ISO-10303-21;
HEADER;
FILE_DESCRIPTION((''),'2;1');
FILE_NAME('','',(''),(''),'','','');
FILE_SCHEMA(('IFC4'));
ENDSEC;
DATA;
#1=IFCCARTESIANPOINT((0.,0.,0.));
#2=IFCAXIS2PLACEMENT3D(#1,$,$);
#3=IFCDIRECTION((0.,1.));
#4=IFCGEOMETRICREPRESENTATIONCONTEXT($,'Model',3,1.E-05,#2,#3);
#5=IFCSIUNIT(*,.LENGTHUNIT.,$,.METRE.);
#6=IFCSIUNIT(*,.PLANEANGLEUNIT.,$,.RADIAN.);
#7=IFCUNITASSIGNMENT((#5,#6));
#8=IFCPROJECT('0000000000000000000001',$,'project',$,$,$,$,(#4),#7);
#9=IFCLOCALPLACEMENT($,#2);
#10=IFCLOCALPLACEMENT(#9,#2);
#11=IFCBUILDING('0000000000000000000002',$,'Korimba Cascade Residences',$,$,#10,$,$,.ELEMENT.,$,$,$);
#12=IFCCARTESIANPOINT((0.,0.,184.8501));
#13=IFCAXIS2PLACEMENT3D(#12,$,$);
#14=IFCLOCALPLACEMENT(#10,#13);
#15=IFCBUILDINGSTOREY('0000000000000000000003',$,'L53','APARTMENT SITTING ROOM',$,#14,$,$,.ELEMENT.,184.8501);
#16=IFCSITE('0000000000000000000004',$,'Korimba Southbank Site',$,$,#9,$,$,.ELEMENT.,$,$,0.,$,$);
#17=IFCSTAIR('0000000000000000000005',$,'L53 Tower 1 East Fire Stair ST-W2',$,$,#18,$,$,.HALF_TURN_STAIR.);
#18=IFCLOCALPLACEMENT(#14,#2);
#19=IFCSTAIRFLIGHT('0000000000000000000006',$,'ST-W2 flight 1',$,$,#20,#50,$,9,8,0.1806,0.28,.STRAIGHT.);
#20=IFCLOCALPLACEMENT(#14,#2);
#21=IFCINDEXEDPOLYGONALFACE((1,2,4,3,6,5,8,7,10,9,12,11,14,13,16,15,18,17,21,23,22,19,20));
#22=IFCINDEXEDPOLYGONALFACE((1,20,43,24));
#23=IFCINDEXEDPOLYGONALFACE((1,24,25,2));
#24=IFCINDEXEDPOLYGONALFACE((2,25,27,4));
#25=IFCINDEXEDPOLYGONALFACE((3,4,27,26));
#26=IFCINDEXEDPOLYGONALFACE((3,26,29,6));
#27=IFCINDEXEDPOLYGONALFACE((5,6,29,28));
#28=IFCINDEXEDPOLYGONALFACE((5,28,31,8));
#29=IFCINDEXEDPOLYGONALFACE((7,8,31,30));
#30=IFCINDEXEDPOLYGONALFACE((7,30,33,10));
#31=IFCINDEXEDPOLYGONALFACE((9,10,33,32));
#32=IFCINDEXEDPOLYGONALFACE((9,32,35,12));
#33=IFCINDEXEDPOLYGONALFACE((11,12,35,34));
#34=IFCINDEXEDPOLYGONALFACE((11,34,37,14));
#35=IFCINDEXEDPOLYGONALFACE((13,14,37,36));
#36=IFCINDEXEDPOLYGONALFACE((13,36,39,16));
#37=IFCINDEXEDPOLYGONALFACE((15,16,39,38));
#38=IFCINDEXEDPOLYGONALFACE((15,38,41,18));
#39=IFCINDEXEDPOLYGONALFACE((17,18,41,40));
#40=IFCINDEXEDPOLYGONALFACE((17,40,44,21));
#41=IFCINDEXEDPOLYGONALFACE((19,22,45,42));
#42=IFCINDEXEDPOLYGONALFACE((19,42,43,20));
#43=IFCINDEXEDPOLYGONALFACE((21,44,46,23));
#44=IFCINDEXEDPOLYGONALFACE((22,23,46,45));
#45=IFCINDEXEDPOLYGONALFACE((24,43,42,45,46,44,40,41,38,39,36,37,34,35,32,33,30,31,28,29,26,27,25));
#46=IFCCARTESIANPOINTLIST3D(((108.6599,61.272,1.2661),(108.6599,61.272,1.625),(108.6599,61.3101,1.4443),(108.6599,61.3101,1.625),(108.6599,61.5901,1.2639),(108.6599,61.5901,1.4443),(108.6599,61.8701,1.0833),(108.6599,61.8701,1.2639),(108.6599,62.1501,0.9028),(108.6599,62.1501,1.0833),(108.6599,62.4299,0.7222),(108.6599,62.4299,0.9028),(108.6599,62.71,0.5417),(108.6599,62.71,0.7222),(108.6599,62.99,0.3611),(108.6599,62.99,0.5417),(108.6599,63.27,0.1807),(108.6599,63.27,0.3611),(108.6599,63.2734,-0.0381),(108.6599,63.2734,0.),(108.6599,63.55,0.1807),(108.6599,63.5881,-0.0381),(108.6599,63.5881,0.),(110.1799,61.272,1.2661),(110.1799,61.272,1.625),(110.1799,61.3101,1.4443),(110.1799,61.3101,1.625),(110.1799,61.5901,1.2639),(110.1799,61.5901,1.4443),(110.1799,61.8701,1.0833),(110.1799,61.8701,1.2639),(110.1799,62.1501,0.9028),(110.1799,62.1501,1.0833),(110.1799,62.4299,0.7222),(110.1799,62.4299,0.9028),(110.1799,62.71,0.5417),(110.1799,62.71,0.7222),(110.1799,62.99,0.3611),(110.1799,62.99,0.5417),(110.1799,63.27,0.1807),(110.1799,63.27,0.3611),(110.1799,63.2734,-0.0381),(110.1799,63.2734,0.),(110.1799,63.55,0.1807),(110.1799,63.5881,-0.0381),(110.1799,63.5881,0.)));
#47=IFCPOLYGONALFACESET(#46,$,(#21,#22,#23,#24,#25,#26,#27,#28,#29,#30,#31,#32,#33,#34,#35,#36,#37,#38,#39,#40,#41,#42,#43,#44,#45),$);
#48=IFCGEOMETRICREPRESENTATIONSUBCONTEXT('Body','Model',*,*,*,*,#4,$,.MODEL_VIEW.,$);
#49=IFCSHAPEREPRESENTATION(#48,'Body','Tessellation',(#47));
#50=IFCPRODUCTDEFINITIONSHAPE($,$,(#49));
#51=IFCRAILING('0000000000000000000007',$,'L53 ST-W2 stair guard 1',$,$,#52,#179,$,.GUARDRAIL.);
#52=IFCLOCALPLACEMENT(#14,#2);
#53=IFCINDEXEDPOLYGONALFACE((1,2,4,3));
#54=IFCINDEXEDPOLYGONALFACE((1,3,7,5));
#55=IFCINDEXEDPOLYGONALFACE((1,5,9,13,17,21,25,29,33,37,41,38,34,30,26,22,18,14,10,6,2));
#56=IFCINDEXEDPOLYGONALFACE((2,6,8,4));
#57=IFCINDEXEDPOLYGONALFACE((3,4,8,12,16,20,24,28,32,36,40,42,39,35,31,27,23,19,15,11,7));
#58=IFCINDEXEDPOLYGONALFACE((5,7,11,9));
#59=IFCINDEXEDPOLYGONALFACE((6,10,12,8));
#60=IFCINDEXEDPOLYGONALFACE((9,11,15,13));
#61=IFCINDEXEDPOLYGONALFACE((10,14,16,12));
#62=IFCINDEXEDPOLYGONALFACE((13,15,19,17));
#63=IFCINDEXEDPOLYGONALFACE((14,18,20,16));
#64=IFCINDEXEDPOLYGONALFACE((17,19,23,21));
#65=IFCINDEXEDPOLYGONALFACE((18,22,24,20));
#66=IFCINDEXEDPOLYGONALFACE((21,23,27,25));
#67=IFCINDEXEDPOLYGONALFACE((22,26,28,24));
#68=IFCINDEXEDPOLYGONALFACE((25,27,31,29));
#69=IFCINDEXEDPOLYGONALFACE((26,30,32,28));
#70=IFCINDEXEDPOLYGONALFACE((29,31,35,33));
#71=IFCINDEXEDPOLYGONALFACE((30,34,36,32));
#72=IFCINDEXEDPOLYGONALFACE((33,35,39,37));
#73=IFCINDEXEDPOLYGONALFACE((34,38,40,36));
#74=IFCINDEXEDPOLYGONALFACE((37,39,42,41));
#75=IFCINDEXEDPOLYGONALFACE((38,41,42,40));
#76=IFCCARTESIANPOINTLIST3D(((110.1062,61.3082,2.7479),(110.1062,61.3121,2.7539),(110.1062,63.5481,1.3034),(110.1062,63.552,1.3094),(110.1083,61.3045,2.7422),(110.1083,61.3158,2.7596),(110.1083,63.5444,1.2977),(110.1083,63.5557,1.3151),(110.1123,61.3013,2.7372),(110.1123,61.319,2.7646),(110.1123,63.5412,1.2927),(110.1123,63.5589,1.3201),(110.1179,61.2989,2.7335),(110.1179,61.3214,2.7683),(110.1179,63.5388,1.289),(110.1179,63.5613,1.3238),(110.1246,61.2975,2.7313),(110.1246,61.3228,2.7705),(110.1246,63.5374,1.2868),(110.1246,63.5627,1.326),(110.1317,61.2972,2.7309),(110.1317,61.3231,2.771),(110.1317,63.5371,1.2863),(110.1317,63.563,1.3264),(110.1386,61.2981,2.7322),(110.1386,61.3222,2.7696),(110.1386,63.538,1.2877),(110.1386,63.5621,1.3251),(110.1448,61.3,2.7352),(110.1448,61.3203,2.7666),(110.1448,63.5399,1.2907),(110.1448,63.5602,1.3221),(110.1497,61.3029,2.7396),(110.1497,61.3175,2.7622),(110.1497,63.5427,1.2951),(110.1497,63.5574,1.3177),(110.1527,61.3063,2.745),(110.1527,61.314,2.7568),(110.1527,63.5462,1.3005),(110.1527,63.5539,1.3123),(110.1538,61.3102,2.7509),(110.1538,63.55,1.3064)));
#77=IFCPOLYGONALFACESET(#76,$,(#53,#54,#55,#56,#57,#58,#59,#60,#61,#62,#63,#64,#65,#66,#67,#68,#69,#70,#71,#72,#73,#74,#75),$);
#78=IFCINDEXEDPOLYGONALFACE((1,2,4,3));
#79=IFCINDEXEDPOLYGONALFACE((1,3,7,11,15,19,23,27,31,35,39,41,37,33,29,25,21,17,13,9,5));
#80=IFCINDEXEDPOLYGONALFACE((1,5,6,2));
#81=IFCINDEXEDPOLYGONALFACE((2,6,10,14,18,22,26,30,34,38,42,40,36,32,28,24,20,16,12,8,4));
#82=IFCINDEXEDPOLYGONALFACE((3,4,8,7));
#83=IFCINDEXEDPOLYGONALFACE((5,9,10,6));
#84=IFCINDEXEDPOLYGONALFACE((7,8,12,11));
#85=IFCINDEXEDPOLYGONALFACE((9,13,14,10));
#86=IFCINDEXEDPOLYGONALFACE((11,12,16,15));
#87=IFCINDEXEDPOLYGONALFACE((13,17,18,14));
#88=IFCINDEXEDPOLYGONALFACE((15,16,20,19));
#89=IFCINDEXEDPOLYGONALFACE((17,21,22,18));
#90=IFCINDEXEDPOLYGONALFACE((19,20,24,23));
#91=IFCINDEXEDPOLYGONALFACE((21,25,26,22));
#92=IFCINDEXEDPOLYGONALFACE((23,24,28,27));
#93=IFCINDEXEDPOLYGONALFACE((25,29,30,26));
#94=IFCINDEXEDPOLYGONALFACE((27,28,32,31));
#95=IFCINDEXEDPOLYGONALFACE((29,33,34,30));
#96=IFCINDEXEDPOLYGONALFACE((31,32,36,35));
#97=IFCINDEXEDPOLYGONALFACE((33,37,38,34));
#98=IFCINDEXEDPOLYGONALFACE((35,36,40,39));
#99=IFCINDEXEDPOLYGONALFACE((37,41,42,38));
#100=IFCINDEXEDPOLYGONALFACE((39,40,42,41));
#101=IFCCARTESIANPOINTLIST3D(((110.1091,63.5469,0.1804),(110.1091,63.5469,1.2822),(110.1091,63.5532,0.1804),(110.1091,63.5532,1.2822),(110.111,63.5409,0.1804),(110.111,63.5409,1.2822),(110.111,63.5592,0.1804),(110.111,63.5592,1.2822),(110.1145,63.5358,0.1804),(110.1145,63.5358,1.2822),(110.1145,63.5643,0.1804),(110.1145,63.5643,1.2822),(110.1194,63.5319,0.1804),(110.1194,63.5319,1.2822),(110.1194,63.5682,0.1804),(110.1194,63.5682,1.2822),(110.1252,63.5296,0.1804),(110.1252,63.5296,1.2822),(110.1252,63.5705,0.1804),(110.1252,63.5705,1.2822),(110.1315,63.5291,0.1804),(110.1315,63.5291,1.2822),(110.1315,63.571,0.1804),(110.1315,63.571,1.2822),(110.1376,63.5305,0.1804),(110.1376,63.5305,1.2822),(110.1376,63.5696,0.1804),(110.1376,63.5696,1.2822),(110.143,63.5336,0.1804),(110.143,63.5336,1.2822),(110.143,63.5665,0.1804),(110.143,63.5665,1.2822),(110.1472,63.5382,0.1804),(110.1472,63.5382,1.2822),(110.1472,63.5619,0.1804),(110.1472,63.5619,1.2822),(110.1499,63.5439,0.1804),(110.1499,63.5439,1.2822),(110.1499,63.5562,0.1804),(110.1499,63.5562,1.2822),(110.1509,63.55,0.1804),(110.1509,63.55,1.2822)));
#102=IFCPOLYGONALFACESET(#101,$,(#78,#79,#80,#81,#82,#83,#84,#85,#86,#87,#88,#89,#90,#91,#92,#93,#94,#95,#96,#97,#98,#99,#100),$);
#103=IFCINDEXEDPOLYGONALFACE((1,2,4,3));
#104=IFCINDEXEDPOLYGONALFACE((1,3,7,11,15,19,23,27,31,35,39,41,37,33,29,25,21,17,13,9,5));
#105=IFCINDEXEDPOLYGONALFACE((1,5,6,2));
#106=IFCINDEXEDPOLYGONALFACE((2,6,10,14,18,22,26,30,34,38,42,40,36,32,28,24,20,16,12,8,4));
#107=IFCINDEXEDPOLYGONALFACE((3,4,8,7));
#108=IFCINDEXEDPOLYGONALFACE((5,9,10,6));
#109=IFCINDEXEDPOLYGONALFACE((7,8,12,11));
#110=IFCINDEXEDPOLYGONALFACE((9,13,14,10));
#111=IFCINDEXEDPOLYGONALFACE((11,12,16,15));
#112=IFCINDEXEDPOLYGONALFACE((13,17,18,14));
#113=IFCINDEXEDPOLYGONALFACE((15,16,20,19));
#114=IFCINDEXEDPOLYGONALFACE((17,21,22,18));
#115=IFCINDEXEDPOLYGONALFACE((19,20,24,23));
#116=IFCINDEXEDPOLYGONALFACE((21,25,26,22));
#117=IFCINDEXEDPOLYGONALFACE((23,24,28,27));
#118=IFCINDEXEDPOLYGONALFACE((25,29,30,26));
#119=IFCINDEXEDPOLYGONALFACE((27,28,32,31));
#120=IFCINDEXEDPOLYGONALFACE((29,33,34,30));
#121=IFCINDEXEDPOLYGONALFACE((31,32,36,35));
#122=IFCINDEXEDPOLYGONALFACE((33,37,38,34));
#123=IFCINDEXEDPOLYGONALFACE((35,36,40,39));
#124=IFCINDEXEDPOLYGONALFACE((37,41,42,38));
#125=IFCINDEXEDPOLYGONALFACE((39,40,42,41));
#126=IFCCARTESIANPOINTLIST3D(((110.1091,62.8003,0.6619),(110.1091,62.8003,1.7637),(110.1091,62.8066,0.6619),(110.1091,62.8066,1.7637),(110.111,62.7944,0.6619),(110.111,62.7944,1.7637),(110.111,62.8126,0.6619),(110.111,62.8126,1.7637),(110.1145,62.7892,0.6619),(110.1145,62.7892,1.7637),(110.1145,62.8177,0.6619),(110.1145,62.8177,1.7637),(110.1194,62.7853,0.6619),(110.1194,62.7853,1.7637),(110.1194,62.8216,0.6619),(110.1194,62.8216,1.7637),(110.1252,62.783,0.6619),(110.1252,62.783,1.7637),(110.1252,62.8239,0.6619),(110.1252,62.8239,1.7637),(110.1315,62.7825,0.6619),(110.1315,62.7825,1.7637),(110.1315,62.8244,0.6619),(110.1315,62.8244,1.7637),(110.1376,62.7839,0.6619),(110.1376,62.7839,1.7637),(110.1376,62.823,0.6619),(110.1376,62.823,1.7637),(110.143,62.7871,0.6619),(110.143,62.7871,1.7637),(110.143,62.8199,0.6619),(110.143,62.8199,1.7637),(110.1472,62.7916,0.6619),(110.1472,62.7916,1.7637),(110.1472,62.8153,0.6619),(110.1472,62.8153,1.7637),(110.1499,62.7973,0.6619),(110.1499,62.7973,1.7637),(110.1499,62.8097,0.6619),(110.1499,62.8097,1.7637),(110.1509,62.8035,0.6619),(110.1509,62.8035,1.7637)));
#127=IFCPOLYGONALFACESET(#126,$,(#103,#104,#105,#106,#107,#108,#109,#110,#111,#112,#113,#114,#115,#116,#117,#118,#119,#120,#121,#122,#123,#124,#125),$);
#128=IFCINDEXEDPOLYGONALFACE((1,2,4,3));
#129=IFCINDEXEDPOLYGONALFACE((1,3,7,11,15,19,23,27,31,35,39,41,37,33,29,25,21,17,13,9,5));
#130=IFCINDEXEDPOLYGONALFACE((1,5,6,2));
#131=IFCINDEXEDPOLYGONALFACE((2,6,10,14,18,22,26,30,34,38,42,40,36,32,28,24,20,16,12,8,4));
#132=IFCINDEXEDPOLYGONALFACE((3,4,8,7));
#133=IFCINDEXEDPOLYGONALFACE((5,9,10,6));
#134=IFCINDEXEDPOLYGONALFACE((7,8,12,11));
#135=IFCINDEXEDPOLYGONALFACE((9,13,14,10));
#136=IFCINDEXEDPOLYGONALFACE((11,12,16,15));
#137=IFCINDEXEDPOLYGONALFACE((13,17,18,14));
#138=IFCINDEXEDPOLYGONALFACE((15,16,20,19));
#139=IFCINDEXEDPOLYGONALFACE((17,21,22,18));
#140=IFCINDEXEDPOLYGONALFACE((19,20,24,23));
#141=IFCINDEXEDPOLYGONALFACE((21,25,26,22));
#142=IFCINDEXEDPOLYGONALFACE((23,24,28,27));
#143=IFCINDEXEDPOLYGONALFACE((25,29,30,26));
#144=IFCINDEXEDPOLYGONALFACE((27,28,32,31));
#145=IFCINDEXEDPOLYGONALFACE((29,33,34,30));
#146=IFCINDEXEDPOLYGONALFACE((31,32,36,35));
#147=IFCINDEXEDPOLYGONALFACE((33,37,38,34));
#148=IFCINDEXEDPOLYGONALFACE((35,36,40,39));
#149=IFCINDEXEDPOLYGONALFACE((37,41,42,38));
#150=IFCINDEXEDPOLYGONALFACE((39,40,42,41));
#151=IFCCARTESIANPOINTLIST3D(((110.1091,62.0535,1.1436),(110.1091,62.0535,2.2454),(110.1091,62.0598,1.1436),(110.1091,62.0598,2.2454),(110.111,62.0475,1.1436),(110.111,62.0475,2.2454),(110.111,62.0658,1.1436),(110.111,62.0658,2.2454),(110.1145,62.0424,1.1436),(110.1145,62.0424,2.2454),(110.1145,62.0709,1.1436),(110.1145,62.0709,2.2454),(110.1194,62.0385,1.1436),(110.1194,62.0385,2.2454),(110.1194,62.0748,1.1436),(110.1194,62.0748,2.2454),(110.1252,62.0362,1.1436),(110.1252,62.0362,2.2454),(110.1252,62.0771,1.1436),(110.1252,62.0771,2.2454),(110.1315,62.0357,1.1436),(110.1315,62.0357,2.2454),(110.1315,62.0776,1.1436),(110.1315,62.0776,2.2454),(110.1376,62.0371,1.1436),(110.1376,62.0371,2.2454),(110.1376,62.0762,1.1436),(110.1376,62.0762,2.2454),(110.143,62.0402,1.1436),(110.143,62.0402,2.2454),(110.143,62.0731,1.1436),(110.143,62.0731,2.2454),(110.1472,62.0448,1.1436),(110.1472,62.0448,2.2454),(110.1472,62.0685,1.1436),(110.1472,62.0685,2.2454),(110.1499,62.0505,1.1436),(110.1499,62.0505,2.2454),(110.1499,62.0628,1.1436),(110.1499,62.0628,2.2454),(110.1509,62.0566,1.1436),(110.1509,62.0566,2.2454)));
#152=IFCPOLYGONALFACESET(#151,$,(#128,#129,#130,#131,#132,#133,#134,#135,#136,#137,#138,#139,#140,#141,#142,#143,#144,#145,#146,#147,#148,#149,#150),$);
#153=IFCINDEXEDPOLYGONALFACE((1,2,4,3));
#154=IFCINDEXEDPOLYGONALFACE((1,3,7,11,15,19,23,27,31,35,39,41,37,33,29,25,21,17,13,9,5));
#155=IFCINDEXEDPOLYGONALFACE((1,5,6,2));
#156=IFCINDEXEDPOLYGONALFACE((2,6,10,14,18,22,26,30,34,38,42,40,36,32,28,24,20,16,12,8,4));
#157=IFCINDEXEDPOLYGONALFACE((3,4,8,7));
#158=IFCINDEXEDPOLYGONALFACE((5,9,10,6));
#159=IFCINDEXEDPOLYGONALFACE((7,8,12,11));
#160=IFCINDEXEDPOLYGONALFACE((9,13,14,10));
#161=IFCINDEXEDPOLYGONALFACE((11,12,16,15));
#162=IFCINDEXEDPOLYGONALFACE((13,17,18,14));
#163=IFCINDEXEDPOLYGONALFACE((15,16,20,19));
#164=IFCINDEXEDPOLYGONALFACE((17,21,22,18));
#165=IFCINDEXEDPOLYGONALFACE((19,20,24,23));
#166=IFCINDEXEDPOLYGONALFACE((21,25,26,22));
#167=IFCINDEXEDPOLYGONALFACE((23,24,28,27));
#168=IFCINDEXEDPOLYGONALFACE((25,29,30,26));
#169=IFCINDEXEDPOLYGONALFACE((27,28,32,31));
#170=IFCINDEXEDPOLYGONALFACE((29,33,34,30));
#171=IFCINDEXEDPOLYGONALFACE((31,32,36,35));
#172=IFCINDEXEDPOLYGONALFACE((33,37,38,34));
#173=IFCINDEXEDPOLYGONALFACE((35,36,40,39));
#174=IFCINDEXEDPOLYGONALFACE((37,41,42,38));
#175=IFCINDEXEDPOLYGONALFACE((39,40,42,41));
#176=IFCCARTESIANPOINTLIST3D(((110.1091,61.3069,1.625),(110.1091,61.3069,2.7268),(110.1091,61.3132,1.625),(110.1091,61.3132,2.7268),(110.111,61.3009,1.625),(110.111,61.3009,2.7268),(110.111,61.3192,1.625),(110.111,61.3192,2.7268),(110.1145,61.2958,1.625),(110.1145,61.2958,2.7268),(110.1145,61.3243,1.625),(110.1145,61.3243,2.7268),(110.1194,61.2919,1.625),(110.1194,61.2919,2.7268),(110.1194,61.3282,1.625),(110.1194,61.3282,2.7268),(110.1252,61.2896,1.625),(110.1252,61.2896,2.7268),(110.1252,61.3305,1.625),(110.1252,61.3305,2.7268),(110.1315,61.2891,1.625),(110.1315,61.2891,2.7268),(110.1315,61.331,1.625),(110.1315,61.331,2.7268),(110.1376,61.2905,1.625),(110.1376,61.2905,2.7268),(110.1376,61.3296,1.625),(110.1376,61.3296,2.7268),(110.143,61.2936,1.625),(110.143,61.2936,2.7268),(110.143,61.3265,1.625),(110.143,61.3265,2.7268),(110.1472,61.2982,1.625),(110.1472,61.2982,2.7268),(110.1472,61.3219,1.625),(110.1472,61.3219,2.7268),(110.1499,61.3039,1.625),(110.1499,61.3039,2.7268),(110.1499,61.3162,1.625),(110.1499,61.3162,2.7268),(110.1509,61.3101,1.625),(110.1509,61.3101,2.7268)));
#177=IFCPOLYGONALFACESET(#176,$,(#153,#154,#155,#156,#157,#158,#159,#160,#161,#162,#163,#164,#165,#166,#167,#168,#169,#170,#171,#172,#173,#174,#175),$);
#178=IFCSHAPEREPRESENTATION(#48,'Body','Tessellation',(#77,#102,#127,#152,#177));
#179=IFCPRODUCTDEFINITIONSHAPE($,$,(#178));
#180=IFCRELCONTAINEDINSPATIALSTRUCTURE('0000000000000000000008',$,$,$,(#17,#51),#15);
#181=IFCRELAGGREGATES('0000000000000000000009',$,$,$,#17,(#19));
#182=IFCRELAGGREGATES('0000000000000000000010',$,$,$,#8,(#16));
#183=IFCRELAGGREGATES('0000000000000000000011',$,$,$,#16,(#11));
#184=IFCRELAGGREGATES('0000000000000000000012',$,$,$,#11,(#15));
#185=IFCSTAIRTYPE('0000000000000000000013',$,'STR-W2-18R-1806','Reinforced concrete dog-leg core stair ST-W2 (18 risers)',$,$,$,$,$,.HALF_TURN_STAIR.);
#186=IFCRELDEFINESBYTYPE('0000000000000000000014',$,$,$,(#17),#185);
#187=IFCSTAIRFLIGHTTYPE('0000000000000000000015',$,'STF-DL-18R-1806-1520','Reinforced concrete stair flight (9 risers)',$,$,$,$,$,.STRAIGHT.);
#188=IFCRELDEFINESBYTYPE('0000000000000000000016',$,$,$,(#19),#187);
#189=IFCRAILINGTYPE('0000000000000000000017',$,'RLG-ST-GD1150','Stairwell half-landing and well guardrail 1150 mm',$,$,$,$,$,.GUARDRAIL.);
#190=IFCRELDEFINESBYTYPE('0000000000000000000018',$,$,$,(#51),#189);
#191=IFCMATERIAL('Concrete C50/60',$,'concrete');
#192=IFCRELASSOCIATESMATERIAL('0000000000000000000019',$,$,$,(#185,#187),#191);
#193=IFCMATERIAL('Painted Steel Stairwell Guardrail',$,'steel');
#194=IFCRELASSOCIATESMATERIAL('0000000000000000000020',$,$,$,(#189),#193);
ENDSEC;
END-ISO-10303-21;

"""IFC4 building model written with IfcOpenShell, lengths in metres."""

from ifc_helpers import new_model, si_unit, direction, frame, origin, origin_2d, place, context, subcontext, project, spatial, polyline, circle, outline, extrude, material, type_object, element, aggregate, save


model = new_model("IFC4")

# Units and contexts
model_context = context("Model", 3, precision=1e-05, world=origin(), true_north=direction((0.0, 1.0)))
body_context = subcontext(model_context, "Body", "Model", "MODEL_VIEW")
ifc_project = project(units=[si_unit("LENGTHUNIT", "METRE"), si_unit("PLANEANGLEUNIT", "RADIAN")], contexts=[model_context])

# Site, building, storey
site_placement = place(None, origin())
site = spatial("IfcSite", under=ifc_project, at=site_placement, Name="Korimba Southbank Site", CompositionType="ELEMENT", RefElevation=0.0)
building_placement = place(site_placement, origin())
building = spatial("IfcBuilding", under=site, at=building_placement, Name="Korimba Cascade Residences", CompositionType="ELEMENT")
storey_placement = place(building_placement, frame((0.0, 0.0, 184.8501)))
storey = spatial("IfcBuildingStorey", under=building, at=storey_placement, Name="L53", Description="APARTMENT SITTING ROOM", CompositionType="ELEMENT", Elevation=184.8501)

# Shared definitions
ifc_material_1 = material(Name="Concrete C50/60", Category="concrete")

# Stair, stair flight
stair_type = type_object("IfcStairType", Name="STR-W2-18R-1806", Description="Reinforced concrete dog-leg core stair ST-W2 (18 risers)", PredefinedType="HALF_TURN_STAIR", material=ifc_material_1)
stair_placement = place(storey_placement, origin())
stair = element("IfcStair", 1, at=stair_placement, inside=storey, type_object=stair_type, Name="L53 Tower 1 East Fire Stair ST-W2", PredefinedType="HALF_TURN_STAIR")
stair_flight_type = type_object("IfcStairFlightType", Name="STF-DL-18R-1806-1520", Description="Reinforced concrete stair flight (9 risers)", PredefinedType="STRAIGHT", material=ifc_material_1)
stair_flight_placement = place(storey_placement, frame((109.4199, 63.55, 0.0), z_axis=(0.0, 0.0, 1.0), x_axis=(0.0, -1.0, 0.0)))
stair_flight = element("IfcStairFlight", 2, at=stair_flight_placement, type_object=stair_flight_type, Name="ST-W2 flight 1", NumberOfRisers=9, NumberOfTreads=8, PredefinedType="STRAIGHT", RiserHeight=0.1806, TreadLength=0.28, context=body_context, shape_type="SweptSolid", body=[
    extrude(outline(polyline([(-0.0381, 0.0), (0.0, 0.1807), (0.28, 0.1807), (0.28, 0.3611), (0.5601, 0.3611), (0.5601, 0.5417), (0.8401, 0.5417), (0.8401, 0.7222), (1.1201, 0.7222), (1.1201, 0.9028), (1.3999, 0.9028), (1.3999, 1.0833), (1.6799, 1.0833), (1.6799, 1.2639), (1.96, 1.2639), (1.96, 1.4443), (2.24, 1.4443), (2.24, 1.625), (2.2781, 1.625), (2.2781, 1.2661), (0.2766, 0.0), (0.2766, -0.0381), (-0.0381, -0.0381), (-0.0381, 0.0)])), frame((0.0, 0.76, 0.0), z_axis=(0.0, -1.0, 0.0), x_axis=(1.0, 0.0, 0.0)), (0.0, 0.0, 1.0), 1.52),
])
aggregate(stair, [stair_flight])

# Railing
ifc_material_2 = material(Name="Painted Steel Stairwell Guardrail", Category="steel")
railing_type_1 = type_object("IfcRailingType", Name="RLG-ST-GD1150", Description="Stairwell half-landing and well guardrail 1150 mm", PredefinedType="GUARDRAIL", material=ifc_material_2)
railing_1_placement = place(storey_placement, frame((110.1299, 63.55, 0.1804)))
element("IfcRailing", 3, at=railing_1_placement, inside=storey, type_object=railing_type_1, Name="L53 ST-W2 stair guard 1", PredefinedType="GUARDRAIL", context=body_context, shape_type="SweptSolid", body=[
    extrude(circle(Radius=0.0239, at=origin_2d()), frame((0.0, 0.0, 1.126), z_axis=(0.0, -0.840395, 0.541975), x_axis=(1.0, 0.0, 0.0)), (0.0, 0.0, 1.0), 2.6653),
    extrude(circle(Radius=0.021, at=origin_2d()), origin(), (0.0, 0.0, 1.0), 1.1018),
    extrude(circle(Radius=0.021, at=origin_2d()), frame((0.0, -0.7466, 0.4814)), (0.0, 0.0, 1.0), 1.1018),
    extrude(circle(Radius=0.021, at=origin_2d()), frame((0.0, -1.4934, 0.9631)), (0.0, 0.0, 1.0), 1.1018),
    extrude(circle(Radius=0.021, at=origin_2d()), frame((0.0, -2.24, 1.4446)), (0.0, 0.0, 1.0), 1.1018),
])

save(model, "model.ifc")
